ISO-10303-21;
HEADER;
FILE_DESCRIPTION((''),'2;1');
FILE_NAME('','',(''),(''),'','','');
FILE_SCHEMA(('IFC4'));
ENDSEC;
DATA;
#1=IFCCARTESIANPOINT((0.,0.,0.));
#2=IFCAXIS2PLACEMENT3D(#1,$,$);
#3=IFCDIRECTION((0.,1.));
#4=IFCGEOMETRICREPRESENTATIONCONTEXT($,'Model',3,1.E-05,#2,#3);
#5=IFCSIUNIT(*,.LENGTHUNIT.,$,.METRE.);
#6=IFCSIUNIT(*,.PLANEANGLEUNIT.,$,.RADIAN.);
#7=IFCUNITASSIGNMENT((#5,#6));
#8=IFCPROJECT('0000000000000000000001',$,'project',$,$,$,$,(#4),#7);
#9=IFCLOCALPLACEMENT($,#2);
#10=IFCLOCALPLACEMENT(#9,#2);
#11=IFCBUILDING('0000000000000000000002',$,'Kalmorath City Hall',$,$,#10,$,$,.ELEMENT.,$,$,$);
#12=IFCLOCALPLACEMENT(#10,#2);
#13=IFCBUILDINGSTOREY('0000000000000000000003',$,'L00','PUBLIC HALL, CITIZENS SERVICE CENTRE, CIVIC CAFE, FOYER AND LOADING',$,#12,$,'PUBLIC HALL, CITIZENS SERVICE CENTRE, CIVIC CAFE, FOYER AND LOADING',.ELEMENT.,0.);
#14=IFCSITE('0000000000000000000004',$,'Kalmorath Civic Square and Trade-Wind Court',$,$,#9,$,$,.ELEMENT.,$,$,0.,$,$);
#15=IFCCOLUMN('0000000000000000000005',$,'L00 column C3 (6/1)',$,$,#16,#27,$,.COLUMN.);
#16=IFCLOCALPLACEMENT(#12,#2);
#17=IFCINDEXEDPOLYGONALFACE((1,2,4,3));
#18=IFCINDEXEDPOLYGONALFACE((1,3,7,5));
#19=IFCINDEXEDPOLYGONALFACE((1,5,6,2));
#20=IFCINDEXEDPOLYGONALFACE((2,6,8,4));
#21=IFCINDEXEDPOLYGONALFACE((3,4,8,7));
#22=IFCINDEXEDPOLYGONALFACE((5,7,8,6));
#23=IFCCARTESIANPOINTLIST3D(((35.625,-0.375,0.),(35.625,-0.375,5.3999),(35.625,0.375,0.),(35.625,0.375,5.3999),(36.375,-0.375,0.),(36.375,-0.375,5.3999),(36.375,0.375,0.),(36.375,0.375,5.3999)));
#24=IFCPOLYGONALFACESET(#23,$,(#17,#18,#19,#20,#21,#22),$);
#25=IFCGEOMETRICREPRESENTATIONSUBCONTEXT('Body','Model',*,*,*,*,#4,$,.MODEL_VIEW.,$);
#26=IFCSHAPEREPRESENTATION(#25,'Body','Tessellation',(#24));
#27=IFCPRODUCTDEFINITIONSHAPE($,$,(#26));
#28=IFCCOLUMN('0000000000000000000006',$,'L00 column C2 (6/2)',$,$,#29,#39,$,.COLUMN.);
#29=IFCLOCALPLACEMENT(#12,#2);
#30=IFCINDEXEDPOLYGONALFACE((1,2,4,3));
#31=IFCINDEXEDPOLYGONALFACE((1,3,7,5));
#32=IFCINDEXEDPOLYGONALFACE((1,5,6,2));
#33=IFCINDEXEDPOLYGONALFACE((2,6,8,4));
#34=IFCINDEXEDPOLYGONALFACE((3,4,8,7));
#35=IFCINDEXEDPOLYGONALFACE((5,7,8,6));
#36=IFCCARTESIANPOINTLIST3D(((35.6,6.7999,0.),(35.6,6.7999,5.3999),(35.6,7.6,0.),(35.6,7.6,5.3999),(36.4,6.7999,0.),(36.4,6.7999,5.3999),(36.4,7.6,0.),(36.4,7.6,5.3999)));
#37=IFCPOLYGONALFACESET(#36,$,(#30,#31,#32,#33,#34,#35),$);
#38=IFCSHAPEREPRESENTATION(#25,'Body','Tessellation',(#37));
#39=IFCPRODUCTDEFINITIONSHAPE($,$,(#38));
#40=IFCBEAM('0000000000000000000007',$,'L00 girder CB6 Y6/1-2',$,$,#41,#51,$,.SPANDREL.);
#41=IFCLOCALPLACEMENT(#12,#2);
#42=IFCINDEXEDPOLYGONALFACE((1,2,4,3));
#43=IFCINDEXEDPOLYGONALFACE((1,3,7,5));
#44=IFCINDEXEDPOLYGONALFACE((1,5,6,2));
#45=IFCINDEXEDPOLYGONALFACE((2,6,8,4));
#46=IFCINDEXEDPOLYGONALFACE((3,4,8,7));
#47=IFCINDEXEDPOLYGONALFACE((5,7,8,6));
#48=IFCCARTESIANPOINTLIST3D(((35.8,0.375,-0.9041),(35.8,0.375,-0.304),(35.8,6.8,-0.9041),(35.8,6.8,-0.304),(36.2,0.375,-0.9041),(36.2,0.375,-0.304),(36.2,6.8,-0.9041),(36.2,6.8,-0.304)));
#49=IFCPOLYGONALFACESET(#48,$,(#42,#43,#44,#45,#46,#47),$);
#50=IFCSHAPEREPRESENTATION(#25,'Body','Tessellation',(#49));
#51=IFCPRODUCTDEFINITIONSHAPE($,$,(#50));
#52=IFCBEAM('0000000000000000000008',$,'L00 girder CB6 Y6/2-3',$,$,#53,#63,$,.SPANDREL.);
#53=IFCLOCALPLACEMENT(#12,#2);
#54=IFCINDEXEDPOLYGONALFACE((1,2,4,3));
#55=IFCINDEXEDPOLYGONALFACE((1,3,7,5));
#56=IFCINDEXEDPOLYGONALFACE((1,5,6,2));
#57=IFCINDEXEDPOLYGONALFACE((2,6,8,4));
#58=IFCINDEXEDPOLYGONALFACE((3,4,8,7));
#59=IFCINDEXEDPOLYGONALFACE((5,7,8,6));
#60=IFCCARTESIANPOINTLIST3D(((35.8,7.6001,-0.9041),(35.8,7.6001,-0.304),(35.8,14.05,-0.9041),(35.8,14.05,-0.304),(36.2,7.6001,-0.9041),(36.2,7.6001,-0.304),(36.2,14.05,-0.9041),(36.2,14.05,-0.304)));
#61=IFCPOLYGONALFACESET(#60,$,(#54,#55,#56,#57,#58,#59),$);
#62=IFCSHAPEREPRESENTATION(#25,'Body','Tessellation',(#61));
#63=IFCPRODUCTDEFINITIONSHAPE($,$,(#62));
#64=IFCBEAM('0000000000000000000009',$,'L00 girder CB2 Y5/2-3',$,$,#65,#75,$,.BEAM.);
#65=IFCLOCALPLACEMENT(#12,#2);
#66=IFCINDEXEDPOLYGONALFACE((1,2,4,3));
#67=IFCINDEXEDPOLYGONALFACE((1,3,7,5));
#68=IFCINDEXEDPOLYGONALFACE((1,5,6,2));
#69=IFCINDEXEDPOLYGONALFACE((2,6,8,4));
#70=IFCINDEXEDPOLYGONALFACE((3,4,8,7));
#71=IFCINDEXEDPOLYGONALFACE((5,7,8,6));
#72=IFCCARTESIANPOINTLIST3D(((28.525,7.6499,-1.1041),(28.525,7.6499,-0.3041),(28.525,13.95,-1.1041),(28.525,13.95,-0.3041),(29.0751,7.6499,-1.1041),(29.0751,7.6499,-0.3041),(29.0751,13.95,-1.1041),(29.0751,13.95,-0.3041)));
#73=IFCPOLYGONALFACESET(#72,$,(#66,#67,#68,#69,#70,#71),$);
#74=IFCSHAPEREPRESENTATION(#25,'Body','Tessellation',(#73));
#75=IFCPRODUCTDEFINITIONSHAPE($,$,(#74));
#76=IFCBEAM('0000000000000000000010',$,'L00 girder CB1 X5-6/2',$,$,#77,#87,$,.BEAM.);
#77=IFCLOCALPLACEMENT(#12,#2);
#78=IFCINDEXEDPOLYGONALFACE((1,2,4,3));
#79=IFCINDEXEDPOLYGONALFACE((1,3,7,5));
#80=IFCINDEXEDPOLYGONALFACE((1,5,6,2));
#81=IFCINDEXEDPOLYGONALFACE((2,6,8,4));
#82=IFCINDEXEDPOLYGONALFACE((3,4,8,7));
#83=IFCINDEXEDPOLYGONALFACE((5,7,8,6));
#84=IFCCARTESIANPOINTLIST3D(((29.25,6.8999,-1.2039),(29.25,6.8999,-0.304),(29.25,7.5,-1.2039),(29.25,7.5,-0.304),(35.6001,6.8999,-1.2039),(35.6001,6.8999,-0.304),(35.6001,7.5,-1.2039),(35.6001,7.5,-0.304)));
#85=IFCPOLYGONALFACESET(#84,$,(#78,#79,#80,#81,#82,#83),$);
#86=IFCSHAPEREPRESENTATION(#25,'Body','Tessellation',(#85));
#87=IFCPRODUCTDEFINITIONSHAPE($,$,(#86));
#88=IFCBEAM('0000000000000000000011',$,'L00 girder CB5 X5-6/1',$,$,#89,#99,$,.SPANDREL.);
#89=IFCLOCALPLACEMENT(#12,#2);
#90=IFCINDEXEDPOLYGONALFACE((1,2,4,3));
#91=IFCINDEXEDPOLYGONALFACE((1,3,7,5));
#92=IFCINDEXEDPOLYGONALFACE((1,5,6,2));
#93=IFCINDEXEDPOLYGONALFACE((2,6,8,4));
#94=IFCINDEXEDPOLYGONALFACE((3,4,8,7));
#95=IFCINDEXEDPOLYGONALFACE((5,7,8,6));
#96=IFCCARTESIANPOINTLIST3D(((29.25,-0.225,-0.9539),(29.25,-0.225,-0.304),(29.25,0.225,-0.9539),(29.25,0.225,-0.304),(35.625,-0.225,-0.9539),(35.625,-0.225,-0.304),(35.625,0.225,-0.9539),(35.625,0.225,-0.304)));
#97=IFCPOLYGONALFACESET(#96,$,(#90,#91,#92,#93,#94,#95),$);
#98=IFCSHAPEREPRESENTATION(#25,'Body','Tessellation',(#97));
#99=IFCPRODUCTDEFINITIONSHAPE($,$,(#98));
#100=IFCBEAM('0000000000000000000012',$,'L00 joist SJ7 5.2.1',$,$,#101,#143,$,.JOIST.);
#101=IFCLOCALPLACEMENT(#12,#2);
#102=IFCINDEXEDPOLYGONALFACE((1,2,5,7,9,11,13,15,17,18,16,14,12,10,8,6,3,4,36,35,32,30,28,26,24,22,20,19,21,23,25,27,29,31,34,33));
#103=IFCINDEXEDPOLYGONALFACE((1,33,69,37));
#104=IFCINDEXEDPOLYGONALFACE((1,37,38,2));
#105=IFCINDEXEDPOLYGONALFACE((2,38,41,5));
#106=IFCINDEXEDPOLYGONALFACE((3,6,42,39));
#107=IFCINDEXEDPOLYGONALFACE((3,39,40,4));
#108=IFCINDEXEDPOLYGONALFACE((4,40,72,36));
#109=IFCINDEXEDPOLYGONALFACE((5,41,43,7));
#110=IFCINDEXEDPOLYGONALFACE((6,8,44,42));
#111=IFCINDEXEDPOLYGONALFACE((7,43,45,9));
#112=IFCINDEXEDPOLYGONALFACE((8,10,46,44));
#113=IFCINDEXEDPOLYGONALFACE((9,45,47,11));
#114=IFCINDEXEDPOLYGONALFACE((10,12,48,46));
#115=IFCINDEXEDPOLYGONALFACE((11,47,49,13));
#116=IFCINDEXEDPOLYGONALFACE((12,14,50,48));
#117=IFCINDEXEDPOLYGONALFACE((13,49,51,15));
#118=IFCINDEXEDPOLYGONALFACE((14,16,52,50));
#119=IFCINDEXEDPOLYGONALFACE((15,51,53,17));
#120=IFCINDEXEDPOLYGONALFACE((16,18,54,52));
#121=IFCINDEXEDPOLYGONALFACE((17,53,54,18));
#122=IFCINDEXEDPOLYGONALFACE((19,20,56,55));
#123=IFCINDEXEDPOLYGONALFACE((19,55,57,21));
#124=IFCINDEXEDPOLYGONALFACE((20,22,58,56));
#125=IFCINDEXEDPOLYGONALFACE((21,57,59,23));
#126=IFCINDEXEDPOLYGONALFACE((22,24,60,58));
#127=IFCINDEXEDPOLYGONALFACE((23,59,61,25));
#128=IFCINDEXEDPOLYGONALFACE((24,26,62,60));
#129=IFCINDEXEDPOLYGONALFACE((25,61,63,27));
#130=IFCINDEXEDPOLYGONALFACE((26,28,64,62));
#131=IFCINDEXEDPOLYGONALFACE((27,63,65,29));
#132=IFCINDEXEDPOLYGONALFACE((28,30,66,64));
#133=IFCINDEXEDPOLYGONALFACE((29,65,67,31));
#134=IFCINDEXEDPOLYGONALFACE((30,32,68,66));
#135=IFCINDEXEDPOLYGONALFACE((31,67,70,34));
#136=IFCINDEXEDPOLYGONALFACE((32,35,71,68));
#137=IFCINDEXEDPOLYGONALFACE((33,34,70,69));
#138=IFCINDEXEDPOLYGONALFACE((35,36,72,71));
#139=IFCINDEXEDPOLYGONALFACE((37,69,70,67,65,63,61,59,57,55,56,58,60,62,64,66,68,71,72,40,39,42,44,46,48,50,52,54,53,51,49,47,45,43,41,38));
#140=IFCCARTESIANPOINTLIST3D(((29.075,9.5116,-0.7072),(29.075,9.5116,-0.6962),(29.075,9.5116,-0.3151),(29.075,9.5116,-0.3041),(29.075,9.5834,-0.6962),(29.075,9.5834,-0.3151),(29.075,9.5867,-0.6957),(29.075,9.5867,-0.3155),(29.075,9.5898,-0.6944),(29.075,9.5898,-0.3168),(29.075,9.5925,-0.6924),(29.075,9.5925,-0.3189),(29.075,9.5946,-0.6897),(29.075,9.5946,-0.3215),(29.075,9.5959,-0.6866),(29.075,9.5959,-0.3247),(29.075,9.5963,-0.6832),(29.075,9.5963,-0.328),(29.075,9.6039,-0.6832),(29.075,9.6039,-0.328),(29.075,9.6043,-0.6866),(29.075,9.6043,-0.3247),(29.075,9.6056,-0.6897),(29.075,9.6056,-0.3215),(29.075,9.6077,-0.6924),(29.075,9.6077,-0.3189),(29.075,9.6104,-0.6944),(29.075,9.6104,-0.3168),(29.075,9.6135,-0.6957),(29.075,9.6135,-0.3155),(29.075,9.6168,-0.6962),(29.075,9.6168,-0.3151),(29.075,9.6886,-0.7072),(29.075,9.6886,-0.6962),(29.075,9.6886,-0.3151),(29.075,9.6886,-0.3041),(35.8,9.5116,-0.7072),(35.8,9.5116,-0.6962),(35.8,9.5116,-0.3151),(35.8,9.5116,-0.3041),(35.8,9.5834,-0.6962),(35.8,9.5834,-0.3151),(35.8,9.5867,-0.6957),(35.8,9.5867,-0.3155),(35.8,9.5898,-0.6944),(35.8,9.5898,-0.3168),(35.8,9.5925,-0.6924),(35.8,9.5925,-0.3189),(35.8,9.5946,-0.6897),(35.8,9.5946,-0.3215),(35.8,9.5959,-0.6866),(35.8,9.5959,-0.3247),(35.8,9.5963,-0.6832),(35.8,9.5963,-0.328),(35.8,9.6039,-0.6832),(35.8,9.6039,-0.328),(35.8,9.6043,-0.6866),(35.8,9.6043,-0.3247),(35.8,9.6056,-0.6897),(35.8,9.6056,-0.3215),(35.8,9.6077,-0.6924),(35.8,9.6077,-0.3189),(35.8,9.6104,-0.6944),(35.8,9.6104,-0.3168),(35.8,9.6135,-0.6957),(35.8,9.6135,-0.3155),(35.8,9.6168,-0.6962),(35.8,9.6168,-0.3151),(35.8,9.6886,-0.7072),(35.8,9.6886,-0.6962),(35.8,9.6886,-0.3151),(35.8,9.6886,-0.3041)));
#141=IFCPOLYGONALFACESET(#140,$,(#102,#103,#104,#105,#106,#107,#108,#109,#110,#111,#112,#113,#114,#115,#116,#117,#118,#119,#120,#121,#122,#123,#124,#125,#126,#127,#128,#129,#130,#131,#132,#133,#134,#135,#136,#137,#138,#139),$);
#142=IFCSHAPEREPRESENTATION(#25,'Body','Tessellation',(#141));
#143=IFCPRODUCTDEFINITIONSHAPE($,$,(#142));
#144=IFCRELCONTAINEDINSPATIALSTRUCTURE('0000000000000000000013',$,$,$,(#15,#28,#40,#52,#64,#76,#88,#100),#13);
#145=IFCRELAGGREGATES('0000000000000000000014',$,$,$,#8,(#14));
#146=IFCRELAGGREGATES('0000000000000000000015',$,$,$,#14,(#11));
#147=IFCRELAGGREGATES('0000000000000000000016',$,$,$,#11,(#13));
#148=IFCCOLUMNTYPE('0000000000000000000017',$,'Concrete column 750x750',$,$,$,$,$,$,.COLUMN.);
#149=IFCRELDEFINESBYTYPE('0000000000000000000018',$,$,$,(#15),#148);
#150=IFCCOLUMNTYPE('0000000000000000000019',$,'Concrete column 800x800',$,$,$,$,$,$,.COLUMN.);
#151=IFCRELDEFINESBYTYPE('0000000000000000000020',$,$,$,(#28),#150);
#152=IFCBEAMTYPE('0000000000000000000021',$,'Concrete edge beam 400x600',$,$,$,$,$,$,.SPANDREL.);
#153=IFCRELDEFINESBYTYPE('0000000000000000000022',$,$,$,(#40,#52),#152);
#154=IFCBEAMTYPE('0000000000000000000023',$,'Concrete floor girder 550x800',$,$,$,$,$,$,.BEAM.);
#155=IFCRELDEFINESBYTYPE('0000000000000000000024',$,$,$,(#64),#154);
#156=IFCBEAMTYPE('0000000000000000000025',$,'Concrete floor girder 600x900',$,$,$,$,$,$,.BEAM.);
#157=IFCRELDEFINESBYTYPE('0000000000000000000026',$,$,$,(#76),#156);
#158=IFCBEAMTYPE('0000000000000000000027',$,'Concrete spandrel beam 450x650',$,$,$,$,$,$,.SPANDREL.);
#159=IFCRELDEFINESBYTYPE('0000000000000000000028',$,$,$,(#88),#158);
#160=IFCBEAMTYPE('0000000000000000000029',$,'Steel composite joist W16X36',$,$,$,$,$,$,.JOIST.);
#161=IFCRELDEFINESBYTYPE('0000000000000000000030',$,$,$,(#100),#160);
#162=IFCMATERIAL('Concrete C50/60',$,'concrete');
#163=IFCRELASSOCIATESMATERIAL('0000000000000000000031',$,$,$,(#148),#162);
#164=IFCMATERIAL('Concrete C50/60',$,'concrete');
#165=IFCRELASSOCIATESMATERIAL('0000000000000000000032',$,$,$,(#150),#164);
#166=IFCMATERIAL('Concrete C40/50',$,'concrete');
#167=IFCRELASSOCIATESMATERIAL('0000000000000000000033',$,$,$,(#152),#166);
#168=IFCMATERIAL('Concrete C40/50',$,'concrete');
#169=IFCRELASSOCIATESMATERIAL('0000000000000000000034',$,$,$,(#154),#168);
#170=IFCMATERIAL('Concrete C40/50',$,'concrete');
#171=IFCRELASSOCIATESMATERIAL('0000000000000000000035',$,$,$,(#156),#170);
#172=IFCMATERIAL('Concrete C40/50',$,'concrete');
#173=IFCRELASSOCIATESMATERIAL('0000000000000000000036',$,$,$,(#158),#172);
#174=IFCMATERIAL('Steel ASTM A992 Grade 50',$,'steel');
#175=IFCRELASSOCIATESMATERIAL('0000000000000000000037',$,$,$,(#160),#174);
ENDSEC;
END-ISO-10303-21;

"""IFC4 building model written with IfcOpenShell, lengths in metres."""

from ifc_helpers import new_model, si_unit, direction, frame, origin, origin_2d, place, context, subcontext, project, spatial, rectangle, i_section, extrude, material, material_profile, profile_set, type_object, element, save


model = new_model("IFC4")

# Units and contexts
model_context = context("Model", 3, precision=1e-05, world=origin(), true_north=direction((0.0, 1.0)))
body_context = subcontext(model_context, "Body", "Model", "MODEL_VIEW")
ifc_project = project(units=[si_unit("LENGTHUNIT", "METRE"), si_unit("PLANEANGLEUNIT", "RADIAN")], contexts=[model_context])

# Site, building, storey
site_placement = place(None, origin())
site = spatial("IfcSite", under=ifc_project, at=site_placement, Name="Kalmorath Civic Square and Trade-Wind Court", CompositionType="ELEMENT", RefElevation=0.0)
building_placement = place(site_placement, origin())
building = spatial("IfcBuilding", under=site, at=building_placement, Name="Kalmorath City Hall", CompositionType="ELEMENT")
storey_placement = place(building_placement, origin())
storey = spatial("IfcBuildingStorey", under=building, at=storey_placement, Name="L00", Description="PUBLIC HALL, CITIZENS SERVICE CENTRE, CIVIC CAFE, FOYER AND LOADING", LongName="PUBLIC HALL, CITIZENS SERVICE CENTRE, CIVIC CAFE, FOYER AND LOADING", CompositionType="ELEMENT", Elevation=0.0)

# Columns
ifc_material_1 = material(Name="Concrete C50/60", Category="concrete")
ifc_material_profile_1 = material_profile(ifc_material_1, rectangle(XDim=0.75, YDim=0.75, at=origin_2d()), Name="RC-COL-750X750")
ifc_profile_set_1 = profile_set([ifc_material_profile_1], Name="Concrete C50/60")
column_type_1 = type_object("IfcColumnType", Name="Concrete column 750x750", PredefinedType="COLUMN", material=ifc_profile_set_1)
column_1_placement = place(storey_placement, frame((36.0, 0.0, 0.0), z_axis=(0.0, 0.0, 1.0), x_axis=(1.0, 0.0, 0.0)))
element("IfcColumn", 1, at=column_1_placement, inside=storey, type_object=column_type_1, Name="L00 column C3 (6/1)", PredefinedType="COLUMN", context=body_context, shape_type="SweptSolid", body=[
    extrude(rectangle(XDim=0.75, YDim=0.75, at=origin_2d()), origin(), (0.0, 0.0, 1.0), 5.3999),
])
ifc_material_2 = material(Name="Concrete C50/60", Category="concrete")
ifc_material_profile_2 = material_profile(ifc_material_2, rectangle(XDim=0.8, YDim=0.8, at=origin_2d()), Name="RC-COL-800X800")
ifc_profile_set_2 = profile_set([ifc_material_profile_2], Name="Concrete C50/60")
column_type_2 = type_object("IfcColumnType", Name="Concrete column 800x800", PredefinedType="COLUMN", material=ifc_profile_set_2)
column_2_placement = place(storey_placement, frame((36.0, 7.2, 0.0), z_axis=(0.0, 0.0, 1.0), x_axis=(1.0, 0.0, 0.0)))
element("IfcColumn", 2, at=column_2_placement, inside=storey, type_object=column_type_2, Name="L00 column C2 (6/2)", PredefinedType="COLUMN", context=body_context, shape_type="SweptSolid", body=[
    extrude(rectangle(XDim=0.8, YDim=0.8, at=origin_2d()), origin(), (0.0, 0.0, 1.0), 5.3999),
])

# Beams
ifc_material_3 = material(Name="Concrete C40/50", Category="concrete")
ifc_material_profile_3 = material_profile(ifc_material_3, rectangle(XDim=0.3999, YDim=0.6001, at=origin_2d()), Name="RC-BM-400X600")
ifc_profile_set_3 = profile_set([ifc_material_profile_3], Name="Concrete C40/50")
beam_type_1 = type_object("IfcBeamType", Name="Concrete edge beam 400x600", PredefinedType="SPANDREL", material=ifc_profile_set_3)
beam_1_placement = place(storey_placement, frame((36.0, 0.375, -0.604), z_axis=(0.0, 1.0, 0.0), x_axis=(-1.0, 0.0, 0.0)))
element("IfcBeam", 3, at=beam_1_placement, inside=storey, type_object=beam_type_1, Name="L00 girder CB6 Y6/1-2", PredefinedType="SPANDREL", context=body_context, shape_type="SweptSolid", body=[
    extrude(rectangle(XDim=0.3999, YDim=0.6001, at=origin_2d()), origin(), (0.0, 0.0, 1.0), 6.425),
])
beam_2_placement = place(storey_placement, frame((36.0, 7.6001, -0.604), z_axis=(0.0, 1.0, 0.0), x_axis=(-1.0, 0.0, 0.0)))
element("IfcBeam", 4, at=beam_2_placement, inside=storey, type_object=beam_type_1, Name="L00 girder CB6 Y6/2-3", PredefinedType="SPANDREL", context=body_context, shape_type="SweptSolid", body=[
    extrude(rectangle(XDim=0.3999, YDim=0.6001, at=origin_2d()), origin(), (0.0, 0.0, 1.0), 6.45),
])
ifc_material_4 = material(Name="Concrete C40/50", Category="concrete")
ifc_material_profile_4 = material_profile(ifc_material_4, rectangle(XDim=0.55, YDim=0.8, at=origin_2d()), Name="RC-BM-550X800")
ifc_profile_set_4 = profile_set([ifc_material_profile_4], Name="Concrete C40/50")
beam_type_2 = type_object("IfcBeamType", Name="Concrete floor girder 550x800", PredefinedType="BEAM", material=ifc_profile_set_4)
beam_3_placement = place(storey_placement, frame((28.8, 7.6499, -0.7041), z_axis=(0.0, 1.0, 0.0), x_axis=(-1.0, 0.0, 0.0)))
element("IfcBeam", 5, at=beam_3_placement, inside=storey, type_object=beam_type_2, Name="L00 girder CB2 Y5/2-3", PredefinedType="BEAM", context=body_context, shape_type="SweptSolid", body=[
    extrude(rectangle(XDim=0.55, YDim=0.8, at=origin_2d()), origin(), (0.0, 0.0, 1.0), 6.3),
])
ifc_material_5 = material(Name="Concrete C40/50", Category="concrete")
ifc_material_profile_5 = material_profile(ifc_material_5, rectangle(XDim=0.6001, YDim=0.8999, at=origin_2d()), Name="RC-BM-600X900")
ifc_profile_set_5 = profile_set([ifc_material_profile_5], Name="Concrete C40/50")
beam_type_3 = type_object("IfcBeamType", Name="Concrete floor girder 600x900", PredefinedType="BEAM", material=ifc_profile_set_5)
beam_4_placement = place(storey_placement, frame((29.25, 7.2, -0.7539), z_axis=(1.0, 0.0, 0.0), x_axis=(0.0, 1.0, 0.0)))
element("IfcBeam", 6, at=beam_4_placement, inside=storey, type_object=beam_type_3, Name="L00 girder CB1 X5-6/2", PredefinedType="BEAM", context=body_context, shape_type="SweptSolid", body=[
    extrude(rectangle(XDim=0.6001, YDim=0.8999, at=origin_2d()), origin(), (0.0, 0.0, 1.0), 6.3501),
])
ifc_material_6 = material(Name="Concrete C40/50", Category="concrete")
ifc_material_profile_6 = material_profile(ifc_material_6, rectangle(XDim=0.45, YDim=0.6499, at=origin_2d()), Name="RC-BM-450X650")
ifc_profile_set_6 = profile_set([ifc_material_profile_6], Name="Concrete C40/50")
beam_type_4 = type_object("IfcBeamType", Name="Concrete spandrel beam 450x650", PredefinedType="SPANDREL", material=ifc_profile_set_6)
beam_5_placement = place(storey_placement, frame((29.25, 0.0, -0.6289), z_axis=(1.0, 0.0, 0.0), x_axis=(0.0, 1.0, 0.0)))
element("IfcBeam", 7, at=beam_5_placement, inside=storey, type_object=beam_type_4, Name="L00 girder CB5 X5-6/1", PredefinedType="SPANDREL", context=body_context, shape_type="SweptSolid", body=[
    extrude(rectangle(XDim=0.45, YDim=0.6499, at=origin_2d()), origin(), (0.0, 0.0, 1.0), 6.375),
])
ifc_material_7 = material(Name="Steel ASTM A992 Grade 50", Category="steel")
ifc_material_profile_7 = material_profile(ifc_material_7, i_section(OverallWidth=0.177, OverallDepth=0.4031, WebThickness=0.0076, FlangeThickness=0.011, FilletRadius=0.0129, at=origin_2d()), Name="W16X36")
ifc_profile_set_7 = profile_set([ifc_material_profile_7], Name="Steel ASTM A992 Grade 50")
beam_type_5 = type_object("IfcBeamType", Name="Steel composite joist W16X36", PredefinedType="JOIST", material=ifc_profile_set_7)
beam_6_placement = place(storey_placement, frame((29.075, 9.6001, -0.5056), z_axis=(1.0, 0.0, 0.0), x_axis=(0.0, 1.0, 0.0)))
element("IfcBeam", 8, at=beam_6_placement, inside=storey, type_object=beam_type_5, Name="L00 joist SJ7 5.2.1", PredefinedType="JOIST", context=body_context, shape_type="SweptSolid", body=[
    extrude(i_section(OverallWidth=0.177, OverallDepth=0.4031, WebThickness=0.0076, FlangeThickness=0.011, FilletRadius=0.0129, at=origin_2d()), origin(), (0.0, 0.0, 1.0), 6.7251),
])

save(model, "model.ifc")
